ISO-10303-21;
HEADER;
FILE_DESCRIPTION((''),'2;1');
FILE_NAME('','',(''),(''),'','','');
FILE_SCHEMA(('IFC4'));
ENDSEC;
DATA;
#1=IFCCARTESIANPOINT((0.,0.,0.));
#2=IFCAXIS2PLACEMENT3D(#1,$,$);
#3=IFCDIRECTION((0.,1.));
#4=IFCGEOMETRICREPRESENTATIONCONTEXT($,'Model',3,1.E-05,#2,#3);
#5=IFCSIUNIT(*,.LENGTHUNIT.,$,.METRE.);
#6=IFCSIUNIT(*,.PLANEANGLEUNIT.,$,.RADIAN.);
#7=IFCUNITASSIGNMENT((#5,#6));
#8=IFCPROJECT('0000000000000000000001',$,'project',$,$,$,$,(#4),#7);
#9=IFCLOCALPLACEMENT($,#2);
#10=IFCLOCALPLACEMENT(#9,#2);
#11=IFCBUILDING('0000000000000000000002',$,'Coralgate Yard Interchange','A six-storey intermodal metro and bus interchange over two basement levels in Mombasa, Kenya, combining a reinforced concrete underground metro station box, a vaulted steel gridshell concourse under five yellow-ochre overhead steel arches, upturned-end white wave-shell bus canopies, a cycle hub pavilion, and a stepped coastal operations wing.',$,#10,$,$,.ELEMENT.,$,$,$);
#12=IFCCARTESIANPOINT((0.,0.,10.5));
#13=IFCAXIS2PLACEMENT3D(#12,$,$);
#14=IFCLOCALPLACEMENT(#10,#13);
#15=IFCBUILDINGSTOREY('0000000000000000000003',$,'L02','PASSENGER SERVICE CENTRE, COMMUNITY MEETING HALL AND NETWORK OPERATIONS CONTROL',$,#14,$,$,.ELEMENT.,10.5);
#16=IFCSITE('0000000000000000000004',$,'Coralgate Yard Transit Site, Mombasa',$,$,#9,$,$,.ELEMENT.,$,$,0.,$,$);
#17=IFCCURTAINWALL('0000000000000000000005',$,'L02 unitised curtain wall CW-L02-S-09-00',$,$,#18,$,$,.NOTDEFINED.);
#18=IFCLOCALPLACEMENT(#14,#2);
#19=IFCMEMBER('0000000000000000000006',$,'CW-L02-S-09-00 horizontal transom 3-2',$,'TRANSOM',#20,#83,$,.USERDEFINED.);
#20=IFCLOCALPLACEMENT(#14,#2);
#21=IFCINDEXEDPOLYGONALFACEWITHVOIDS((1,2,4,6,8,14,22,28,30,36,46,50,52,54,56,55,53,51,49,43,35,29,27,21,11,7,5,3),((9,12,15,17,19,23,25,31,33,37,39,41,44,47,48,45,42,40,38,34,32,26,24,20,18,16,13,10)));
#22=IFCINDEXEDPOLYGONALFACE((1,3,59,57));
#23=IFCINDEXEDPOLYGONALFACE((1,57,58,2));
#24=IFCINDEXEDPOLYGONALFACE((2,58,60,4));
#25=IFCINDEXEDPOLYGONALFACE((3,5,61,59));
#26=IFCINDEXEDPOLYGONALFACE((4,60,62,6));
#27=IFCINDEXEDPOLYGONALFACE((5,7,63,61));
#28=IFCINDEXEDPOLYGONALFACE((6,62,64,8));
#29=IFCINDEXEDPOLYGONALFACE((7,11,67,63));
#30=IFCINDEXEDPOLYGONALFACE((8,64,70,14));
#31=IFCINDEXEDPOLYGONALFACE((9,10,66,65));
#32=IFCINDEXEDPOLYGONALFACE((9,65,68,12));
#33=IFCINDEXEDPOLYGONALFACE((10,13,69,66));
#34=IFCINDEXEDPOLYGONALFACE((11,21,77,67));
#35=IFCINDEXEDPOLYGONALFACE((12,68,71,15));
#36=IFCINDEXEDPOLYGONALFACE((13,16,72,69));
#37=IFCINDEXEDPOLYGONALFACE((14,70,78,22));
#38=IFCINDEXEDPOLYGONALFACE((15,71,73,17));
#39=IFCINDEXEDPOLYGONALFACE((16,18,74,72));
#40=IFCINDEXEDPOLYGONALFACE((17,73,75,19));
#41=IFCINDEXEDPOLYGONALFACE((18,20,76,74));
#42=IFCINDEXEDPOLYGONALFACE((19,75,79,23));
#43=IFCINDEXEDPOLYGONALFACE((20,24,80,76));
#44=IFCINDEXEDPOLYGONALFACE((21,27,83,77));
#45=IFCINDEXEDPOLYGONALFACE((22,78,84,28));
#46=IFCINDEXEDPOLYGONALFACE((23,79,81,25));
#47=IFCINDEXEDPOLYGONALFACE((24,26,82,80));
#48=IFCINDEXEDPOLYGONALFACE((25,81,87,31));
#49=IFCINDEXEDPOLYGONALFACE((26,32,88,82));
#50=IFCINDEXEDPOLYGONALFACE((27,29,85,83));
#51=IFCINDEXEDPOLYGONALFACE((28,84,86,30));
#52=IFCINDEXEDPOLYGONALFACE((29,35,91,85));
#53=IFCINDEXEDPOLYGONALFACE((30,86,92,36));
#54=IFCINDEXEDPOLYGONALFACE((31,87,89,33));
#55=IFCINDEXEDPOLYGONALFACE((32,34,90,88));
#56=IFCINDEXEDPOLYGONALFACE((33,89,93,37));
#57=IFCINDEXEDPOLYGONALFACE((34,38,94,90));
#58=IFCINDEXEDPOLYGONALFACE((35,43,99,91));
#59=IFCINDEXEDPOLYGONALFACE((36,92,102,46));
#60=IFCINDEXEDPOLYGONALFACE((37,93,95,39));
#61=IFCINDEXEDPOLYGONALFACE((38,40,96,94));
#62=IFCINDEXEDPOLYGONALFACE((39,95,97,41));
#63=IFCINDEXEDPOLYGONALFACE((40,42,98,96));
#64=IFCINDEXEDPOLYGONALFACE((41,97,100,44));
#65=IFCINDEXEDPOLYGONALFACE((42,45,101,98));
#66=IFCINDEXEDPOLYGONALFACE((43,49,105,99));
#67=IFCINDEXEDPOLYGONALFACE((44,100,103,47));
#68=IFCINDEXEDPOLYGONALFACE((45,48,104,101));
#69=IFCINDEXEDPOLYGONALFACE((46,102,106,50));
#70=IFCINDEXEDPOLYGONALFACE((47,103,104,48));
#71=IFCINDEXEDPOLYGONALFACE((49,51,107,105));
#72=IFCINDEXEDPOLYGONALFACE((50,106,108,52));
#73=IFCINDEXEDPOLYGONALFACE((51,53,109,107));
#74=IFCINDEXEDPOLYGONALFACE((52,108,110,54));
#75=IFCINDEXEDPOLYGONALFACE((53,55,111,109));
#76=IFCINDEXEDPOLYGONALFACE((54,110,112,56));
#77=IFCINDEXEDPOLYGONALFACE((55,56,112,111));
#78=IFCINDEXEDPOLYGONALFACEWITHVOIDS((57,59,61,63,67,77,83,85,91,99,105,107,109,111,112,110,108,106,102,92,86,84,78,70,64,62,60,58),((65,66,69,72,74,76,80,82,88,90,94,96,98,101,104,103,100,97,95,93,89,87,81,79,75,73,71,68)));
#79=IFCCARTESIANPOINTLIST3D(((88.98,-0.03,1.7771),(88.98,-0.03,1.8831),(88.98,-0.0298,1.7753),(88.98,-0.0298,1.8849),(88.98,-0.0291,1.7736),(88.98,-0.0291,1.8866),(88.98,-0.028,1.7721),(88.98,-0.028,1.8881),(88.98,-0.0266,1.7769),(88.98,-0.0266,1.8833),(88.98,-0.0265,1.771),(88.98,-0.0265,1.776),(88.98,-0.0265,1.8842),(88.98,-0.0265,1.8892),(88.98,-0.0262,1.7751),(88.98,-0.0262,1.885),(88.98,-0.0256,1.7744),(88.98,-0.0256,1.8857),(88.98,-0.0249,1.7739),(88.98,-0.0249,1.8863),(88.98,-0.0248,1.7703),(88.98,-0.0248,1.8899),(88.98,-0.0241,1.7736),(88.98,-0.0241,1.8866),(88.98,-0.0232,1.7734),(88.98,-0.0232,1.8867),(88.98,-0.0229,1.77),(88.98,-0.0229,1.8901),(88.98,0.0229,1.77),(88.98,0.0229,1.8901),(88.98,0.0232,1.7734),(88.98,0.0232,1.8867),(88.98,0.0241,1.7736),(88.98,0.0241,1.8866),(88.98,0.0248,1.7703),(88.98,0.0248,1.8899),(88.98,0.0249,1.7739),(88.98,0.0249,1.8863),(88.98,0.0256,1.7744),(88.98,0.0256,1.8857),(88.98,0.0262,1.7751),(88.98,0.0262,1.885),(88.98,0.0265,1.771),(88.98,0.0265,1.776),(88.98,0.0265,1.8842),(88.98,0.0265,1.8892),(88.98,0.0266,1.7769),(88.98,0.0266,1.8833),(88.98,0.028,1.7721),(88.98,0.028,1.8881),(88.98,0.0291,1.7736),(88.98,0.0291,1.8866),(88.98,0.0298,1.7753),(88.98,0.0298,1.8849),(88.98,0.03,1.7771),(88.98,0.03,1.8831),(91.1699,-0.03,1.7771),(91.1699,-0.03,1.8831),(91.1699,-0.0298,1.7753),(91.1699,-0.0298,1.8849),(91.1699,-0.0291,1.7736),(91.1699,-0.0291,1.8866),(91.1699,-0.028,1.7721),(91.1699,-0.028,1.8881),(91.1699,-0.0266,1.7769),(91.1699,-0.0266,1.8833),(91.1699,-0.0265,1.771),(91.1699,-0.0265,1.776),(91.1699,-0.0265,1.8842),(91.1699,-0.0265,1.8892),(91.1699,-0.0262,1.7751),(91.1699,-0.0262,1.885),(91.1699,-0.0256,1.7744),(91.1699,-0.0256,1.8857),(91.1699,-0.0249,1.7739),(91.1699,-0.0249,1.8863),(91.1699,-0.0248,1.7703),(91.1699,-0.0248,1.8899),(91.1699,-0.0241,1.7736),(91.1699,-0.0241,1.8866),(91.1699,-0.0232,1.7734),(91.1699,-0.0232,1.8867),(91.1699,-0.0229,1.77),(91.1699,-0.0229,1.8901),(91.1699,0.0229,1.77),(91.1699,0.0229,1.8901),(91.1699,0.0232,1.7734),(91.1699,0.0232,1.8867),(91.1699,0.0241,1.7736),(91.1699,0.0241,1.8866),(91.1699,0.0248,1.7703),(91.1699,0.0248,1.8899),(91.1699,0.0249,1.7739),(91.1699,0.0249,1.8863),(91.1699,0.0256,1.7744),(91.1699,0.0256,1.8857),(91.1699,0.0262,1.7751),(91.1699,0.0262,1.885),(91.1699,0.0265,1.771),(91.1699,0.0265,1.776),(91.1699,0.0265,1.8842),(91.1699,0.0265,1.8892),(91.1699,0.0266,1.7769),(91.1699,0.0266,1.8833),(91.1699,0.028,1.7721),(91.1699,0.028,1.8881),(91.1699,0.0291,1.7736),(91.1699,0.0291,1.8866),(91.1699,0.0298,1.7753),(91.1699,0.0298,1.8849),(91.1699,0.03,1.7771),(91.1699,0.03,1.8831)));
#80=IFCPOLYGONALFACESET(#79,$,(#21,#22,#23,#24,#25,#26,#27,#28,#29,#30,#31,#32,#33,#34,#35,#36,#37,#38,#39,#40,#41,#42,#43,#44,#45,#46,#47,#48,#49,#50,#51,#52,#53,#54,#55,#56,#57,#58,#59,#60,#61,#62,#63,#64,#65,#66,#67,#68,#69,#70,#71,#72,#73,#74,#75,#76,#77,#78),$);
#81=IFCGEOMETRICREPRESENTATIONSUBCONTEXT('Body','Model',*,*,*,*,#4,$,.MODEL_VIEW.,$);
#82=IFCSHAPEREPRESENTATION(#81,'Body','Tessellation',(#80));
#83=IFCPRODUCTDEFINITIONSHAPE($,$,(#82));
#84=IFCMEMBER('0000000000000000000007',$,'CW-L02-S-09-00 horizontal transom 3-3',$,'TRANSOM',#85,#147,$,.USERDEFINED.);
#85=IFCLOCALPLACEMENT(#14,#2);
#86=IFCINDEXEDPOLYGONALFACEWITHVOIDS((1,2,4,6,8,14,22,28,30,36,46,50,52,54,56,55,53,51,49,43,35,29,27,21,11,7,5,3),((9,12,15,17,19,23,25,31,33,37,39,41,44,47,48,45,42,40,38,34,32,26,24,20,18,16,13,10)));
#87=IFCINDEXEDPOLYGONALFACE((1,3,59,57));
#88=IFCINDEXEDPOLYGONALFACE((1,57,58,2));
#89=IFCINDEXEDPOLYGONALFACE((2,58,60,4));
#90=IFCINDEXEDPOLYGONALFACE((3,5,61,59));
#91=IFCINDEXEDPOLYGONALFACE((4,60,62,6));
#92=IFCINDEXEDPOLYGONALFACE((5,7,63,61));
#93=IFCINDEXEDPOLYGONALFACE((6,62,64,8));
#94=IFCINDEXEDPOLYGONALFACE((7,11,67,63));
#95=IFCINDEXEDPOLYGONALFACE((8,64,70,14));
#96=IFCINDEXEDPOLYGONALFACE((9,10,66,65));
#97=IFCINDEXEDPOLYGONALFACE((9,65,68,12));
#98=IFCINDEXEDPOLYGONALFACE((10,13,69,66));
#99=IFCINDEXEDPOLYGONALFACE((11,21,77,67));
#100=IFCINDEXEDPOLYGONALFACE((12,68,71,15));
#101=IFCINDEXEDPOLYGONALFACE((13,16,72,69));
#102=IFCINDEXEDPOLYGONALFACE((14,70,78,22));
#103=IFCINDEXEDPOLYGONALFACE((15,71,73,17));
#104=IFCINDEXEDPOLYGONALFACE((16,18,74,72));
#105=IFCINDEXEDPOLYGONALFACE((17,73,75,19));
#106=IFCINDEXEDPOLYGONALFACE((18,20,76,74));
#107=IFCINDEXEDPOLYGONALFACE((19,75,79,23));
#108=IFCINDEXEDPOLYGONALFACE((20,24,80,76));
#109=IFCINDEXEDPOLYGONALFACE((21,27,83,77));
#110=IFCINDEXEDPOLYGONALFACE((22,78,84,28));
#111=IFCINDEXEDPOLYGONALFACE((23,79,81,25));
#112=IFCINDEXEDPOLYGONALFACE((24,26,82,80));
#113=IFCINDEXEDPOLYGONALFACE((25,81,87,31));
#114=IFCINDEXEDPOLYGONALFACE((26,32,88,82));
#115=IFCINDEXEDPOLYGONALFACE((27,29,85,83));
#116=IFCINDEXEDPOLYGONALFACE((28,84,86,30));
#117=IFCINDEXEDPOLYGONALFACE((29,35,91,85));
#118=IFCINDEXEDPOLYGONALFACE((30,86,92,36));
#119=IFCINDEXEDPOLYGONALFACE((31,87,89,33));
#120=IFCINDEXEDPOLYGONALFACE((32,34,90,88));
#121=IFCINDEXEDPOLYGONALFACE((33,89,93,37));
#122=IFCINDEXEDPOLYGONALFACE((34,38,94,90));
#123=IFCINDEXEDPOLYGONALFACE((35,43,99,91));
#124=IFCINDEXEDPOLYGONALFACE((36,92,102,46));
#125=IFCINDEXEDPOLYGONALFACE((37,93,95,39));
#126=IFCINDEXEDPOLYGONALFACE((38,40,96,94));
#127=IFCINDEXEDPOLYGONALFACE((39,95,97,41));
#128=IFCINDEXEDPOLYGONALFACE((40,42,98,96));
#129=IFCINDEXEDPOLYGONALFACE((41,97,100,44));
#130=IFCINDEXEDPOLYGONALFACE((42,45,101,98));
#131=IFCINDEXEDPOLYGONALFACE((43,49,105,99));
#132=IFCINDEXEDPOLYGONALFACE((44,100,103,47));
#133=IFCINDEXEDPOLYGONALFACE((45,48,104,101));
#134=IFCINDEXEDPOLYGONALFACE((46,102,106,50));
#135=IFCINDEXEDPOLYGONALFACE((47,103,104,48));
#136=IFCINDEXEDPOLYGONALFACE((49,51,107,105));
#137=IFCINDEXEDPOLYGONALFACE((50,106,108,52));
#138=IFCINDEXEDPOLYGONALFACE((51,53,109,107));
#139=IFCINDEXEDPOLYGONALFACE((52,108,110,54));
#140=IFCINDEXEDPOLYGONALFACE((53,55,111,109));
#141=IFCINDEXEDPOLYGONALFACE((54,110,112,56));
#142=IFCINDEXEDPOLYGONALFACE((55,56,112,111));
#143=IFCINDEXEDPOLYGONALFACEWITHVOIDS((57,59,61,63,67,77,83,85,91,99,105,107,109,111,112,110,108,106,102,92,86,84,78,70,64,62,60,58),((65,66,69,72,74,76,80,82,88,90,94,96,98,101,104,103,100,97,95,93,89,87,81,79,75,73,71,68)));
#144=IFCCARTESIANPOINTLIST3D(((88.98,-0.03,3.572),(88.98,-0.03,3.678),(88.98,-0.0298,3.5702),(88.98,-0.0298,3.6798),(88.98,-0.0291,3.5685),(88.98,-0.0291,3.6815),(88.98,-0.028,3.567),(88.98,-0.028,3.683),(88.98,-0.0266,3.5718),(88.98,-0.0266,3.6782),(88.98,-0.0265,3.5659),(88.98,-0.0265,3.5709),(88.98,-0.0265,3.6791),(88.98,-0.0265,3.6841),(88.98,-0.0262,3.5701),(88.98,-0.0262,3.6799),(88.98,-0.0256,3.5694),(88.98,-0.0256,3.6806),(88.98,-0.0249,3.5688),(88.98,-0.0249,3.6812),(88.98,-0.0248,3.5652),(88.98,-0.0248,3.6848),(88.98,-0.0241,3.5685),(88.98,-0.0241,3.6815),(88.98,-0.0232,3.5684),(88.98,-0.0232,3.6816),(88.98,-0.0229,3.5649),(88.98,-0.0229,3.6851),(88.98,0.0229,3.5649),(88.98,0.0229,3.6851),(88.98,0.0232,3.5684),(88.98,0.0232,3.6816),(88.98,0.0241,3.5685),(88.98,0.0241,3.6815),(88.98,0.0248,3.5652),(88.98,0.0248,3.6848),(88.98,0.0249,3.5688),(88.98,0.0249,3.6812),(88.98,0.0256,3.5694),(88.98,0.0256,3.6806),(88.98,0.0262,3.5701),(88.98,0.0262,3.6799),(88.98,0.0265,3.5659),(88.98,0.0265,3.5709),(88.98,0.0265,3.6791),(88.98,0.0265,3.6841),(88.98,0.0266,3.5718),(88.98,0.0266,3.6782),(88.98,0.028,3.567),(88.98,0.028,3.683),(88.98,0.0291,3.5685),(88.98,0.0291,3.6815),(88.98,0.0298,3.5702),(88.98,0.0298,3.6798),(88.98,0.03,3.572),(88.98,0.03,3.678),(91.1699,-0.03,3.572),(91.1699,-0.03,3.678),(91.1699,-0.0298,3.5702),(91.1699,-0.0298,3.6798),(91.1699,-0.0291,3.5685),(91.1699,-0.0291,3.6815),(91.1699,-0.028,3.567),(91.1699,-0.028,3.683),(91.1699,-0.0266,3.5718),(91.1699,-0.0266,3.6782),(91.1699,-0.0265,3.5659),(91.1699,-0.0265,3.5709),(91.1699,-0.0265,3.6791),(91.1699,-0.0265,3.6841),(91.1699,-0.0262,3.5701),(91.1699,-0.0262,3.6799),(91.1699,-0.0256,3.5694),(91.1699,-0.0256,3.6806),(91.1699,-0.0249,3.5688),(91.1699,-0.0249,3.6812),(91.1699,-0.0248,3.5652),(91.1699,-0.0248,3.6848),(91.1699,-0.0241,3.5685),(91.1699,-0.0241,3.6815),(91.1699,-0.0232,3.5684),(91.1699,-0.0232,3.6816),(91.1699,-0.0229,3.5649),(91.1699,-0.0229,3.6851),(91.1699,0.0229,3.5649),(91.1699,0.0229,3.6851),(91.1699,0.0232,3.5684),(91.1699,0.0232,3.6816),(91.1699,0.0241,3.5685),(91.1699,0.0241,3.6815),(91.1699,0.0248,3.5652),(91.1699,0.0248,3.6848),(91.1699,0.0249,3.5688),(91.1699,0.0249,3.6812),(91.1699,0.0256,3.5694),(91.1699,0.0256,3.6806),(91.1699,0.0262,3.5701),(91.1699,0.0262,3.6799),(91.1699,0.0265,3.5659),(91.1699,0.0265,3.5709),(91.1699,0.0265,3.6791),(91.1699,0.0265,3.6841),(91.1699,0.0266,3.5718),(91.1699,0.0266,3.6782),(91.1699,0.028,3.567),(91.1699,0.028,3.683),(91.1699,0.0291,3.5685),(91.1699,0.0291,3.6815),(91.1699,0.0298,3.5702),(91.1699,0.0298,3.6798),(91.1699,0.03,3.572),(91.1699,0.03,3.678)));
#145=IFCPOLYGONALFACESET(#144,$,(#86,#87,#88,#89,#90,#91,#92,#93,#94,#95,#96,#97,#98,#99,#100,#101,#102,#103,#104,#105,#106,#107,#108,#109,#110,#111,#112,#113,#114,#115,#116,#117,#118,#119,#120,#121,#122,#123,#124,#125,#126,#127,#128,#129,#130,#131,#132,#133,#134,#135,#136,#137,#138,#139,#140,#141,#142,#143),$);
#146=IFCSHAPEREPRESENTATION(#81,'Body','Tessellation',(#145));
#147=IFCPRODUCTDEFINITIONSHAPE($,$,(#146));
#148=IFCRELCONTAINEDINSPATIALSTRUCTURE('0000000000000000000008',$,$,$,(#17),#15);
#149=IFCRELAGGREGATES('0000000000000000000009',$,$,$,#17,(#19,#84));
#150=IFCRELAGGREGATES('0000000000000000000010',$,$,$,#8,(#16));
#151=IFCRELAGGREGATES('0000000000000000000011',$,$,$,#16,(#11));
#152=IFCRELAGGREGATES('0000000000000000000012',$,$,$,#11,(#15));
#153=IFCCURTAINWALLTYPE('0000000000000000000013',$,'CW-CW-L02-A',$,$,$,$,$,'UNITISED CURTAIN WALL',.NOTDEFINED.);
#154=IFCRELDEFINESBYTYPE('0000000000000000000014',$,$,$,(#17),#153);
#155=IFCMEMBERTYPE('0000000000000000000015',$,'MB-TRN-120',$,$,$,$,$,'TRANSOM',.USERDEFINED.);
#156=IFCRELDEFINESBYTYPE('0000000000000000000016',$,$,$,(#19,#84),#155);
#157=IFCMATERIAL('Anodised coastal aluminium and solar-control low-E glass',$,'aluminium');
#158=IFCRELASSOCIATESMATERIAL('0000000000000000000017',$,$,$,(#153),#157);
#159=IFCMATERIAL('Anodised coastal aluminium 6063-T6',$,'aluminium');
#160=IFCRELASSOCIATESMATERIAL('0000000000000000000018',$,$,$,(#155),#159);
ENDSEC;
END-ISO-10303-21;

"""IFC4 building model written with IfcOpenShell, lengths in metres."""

from ifc_helpers import new_model, si_unit, direction, frame, origin, origin_2d, place, context, subcontext, project, spatial, hollow_rectangle, extrude, material, material_profile, profile_set, type_object, element, aggregate, save


model = new_model("IFC4")

# Units and contexts
model_context = context("Model", 3, precision=1e-05, world=origin(), true_north=direction((0.0, 1.0)))
body_context = subcontext(model_context, "Body", "Model", "MODEL_VIEW")
ifc_project = project(units=[si_unit("LENGTHUNIT", "METRE"), si_unit("PLANEANGLEUNIT", "RADIAN")], contexts=[model_context])

# Site, building, storey
site_placement = place(None, origin())
site = spatial("IfcSite", under=ifc_project, at=site_placement, Name="Coralgate Yard Transit Site, Mombasa", CompositionType="ELEMENT", RefElevation=0.0)
building_placement = place(site_placement, origin())
building = spatial("IfcBuilding", under=site, at=building_placement, Name="Coralgate Yard Interchange", Description="A six-storey intermodal metro and bus interchange over two basement levels in Mombasa, Kenya, combining a reinforced concrete underground metro station box, a vaulted steel gridshell concourse under five yellow-ochre overhead steel arches, upturned-end white wave-shell bus canopies, a cycle hub pavilion, and a stepped coastal operations wing.", CompositionType="ELEMENT")
storey_placement = place(building_placement, frame((0.0, 0.0, 10.5)))
storey = spatial("IfcBuildingStorey", under=building, at=storey_placement, Name="L02", Description="PASSENGER SERVICE CENTRE, COMMUNITY MEETING HALL AND NETWORK OPERATIONS CONTROL", CompositionType="ELEMENT", Elevation=10.5)

# Curtain wall, members
ifc_material_1 = material(Name="Anodised coastal aluminium and solar-control low-E glass", Category="aluminium")
curtain_wall_type = type_object("IfcCurtainWallType", Name="CW-CW-L02-A", ElementType="UNITISED CURTAIN WALL", PredefinedType="NOTDEFINED", material=ifc_material_1)
curtain_wall_placement = place(storey_placement, origin())
curtain_wall = element("IfcCurtainWall", 1, at=curtain_wall_placement, inside=storey, type_object=curtain_wall_type, Name="L02 unitised curtain wall CW-L02-S-09-00", PredefinedType="NOTDEFINED")
ifc_material_2 = material(Name="Anodised coastal aluminium 6063-T6", Category="aluminium")
ifc_material_profile_1 = material_profile(ifc_material_2, hollow_rectangle(XDim=0.0601, YDim=0.1201, WallThickness=0.0034, InnerFilletRadius=0.0034, OuterFilletRadius=0.0071, at=origin_2d()), Name="ALU 60x120x3.5")
ifc_profile_set_1 = profile_set([ifc_material_profile_1], Name="Anodised coastal aluminium 6063-T6")
member_type_1 = type_object("IfcMemberType", Name="MB-TRN-120", ElementType="TRANSOM", PredefinedType="USERDEFINED", material=ifc_profile_set_1)
member_1_placement = place(storey_placement, frame((91.1699, 0.0, 1.8301), z_axis=(-1.0, 0.0, 0.0), x_axis=(0.0, -1.0, 0.0)))
member_1 = element("IfcMember", 2, at=member_1_placement, type_object=member_type_1, Name="CW-L02-S-09-00 horizontal transom 3-2", ObjectType="TRANSOM", PredefinedType="USERDEFINED", context=body_context, shape_type="SweptSolid", body=[
    extrude(hollow_rectangle(XDim=0.0601, YDim=0.1201, WallThickness=0.0034, InnerFilletRadius=0.0034, OuterFilletRadius=0.0071, at=origin_2d()), origin(), (0.0, 0.0, 1.0), 2.1899),
])
member_2_placement = place(storey_placement, frame((91.1699, 0.0, 3.625), z_axis=(-1.0, 0.0, 0.0), x_axis=(0.0, -1.0, 0.0)))
member_2 = element("IfcMember", 3, at=member_2_placement, type_object=member_type_1, Name="CW-L02-S-09-00 horizontal transom 3-3", ObjectType="TRANSOM", PredefinedType="USERDEFINED", context=body_context, shape_type="SweptSolid", body=[
    extrude(hollow_rectangle(XDim=0.0601, YDim=0.1201, WallThickness=0.0034, InnerFilletRadius=0.0034, OuterFilletRadius=0.0071, at=origin_2d()), origin(), (0.0, 0.0, 1.0), 2.1899),
])
aggregate(curtain_wall, [member_1, member_2])

save(model, "model.ifc")
